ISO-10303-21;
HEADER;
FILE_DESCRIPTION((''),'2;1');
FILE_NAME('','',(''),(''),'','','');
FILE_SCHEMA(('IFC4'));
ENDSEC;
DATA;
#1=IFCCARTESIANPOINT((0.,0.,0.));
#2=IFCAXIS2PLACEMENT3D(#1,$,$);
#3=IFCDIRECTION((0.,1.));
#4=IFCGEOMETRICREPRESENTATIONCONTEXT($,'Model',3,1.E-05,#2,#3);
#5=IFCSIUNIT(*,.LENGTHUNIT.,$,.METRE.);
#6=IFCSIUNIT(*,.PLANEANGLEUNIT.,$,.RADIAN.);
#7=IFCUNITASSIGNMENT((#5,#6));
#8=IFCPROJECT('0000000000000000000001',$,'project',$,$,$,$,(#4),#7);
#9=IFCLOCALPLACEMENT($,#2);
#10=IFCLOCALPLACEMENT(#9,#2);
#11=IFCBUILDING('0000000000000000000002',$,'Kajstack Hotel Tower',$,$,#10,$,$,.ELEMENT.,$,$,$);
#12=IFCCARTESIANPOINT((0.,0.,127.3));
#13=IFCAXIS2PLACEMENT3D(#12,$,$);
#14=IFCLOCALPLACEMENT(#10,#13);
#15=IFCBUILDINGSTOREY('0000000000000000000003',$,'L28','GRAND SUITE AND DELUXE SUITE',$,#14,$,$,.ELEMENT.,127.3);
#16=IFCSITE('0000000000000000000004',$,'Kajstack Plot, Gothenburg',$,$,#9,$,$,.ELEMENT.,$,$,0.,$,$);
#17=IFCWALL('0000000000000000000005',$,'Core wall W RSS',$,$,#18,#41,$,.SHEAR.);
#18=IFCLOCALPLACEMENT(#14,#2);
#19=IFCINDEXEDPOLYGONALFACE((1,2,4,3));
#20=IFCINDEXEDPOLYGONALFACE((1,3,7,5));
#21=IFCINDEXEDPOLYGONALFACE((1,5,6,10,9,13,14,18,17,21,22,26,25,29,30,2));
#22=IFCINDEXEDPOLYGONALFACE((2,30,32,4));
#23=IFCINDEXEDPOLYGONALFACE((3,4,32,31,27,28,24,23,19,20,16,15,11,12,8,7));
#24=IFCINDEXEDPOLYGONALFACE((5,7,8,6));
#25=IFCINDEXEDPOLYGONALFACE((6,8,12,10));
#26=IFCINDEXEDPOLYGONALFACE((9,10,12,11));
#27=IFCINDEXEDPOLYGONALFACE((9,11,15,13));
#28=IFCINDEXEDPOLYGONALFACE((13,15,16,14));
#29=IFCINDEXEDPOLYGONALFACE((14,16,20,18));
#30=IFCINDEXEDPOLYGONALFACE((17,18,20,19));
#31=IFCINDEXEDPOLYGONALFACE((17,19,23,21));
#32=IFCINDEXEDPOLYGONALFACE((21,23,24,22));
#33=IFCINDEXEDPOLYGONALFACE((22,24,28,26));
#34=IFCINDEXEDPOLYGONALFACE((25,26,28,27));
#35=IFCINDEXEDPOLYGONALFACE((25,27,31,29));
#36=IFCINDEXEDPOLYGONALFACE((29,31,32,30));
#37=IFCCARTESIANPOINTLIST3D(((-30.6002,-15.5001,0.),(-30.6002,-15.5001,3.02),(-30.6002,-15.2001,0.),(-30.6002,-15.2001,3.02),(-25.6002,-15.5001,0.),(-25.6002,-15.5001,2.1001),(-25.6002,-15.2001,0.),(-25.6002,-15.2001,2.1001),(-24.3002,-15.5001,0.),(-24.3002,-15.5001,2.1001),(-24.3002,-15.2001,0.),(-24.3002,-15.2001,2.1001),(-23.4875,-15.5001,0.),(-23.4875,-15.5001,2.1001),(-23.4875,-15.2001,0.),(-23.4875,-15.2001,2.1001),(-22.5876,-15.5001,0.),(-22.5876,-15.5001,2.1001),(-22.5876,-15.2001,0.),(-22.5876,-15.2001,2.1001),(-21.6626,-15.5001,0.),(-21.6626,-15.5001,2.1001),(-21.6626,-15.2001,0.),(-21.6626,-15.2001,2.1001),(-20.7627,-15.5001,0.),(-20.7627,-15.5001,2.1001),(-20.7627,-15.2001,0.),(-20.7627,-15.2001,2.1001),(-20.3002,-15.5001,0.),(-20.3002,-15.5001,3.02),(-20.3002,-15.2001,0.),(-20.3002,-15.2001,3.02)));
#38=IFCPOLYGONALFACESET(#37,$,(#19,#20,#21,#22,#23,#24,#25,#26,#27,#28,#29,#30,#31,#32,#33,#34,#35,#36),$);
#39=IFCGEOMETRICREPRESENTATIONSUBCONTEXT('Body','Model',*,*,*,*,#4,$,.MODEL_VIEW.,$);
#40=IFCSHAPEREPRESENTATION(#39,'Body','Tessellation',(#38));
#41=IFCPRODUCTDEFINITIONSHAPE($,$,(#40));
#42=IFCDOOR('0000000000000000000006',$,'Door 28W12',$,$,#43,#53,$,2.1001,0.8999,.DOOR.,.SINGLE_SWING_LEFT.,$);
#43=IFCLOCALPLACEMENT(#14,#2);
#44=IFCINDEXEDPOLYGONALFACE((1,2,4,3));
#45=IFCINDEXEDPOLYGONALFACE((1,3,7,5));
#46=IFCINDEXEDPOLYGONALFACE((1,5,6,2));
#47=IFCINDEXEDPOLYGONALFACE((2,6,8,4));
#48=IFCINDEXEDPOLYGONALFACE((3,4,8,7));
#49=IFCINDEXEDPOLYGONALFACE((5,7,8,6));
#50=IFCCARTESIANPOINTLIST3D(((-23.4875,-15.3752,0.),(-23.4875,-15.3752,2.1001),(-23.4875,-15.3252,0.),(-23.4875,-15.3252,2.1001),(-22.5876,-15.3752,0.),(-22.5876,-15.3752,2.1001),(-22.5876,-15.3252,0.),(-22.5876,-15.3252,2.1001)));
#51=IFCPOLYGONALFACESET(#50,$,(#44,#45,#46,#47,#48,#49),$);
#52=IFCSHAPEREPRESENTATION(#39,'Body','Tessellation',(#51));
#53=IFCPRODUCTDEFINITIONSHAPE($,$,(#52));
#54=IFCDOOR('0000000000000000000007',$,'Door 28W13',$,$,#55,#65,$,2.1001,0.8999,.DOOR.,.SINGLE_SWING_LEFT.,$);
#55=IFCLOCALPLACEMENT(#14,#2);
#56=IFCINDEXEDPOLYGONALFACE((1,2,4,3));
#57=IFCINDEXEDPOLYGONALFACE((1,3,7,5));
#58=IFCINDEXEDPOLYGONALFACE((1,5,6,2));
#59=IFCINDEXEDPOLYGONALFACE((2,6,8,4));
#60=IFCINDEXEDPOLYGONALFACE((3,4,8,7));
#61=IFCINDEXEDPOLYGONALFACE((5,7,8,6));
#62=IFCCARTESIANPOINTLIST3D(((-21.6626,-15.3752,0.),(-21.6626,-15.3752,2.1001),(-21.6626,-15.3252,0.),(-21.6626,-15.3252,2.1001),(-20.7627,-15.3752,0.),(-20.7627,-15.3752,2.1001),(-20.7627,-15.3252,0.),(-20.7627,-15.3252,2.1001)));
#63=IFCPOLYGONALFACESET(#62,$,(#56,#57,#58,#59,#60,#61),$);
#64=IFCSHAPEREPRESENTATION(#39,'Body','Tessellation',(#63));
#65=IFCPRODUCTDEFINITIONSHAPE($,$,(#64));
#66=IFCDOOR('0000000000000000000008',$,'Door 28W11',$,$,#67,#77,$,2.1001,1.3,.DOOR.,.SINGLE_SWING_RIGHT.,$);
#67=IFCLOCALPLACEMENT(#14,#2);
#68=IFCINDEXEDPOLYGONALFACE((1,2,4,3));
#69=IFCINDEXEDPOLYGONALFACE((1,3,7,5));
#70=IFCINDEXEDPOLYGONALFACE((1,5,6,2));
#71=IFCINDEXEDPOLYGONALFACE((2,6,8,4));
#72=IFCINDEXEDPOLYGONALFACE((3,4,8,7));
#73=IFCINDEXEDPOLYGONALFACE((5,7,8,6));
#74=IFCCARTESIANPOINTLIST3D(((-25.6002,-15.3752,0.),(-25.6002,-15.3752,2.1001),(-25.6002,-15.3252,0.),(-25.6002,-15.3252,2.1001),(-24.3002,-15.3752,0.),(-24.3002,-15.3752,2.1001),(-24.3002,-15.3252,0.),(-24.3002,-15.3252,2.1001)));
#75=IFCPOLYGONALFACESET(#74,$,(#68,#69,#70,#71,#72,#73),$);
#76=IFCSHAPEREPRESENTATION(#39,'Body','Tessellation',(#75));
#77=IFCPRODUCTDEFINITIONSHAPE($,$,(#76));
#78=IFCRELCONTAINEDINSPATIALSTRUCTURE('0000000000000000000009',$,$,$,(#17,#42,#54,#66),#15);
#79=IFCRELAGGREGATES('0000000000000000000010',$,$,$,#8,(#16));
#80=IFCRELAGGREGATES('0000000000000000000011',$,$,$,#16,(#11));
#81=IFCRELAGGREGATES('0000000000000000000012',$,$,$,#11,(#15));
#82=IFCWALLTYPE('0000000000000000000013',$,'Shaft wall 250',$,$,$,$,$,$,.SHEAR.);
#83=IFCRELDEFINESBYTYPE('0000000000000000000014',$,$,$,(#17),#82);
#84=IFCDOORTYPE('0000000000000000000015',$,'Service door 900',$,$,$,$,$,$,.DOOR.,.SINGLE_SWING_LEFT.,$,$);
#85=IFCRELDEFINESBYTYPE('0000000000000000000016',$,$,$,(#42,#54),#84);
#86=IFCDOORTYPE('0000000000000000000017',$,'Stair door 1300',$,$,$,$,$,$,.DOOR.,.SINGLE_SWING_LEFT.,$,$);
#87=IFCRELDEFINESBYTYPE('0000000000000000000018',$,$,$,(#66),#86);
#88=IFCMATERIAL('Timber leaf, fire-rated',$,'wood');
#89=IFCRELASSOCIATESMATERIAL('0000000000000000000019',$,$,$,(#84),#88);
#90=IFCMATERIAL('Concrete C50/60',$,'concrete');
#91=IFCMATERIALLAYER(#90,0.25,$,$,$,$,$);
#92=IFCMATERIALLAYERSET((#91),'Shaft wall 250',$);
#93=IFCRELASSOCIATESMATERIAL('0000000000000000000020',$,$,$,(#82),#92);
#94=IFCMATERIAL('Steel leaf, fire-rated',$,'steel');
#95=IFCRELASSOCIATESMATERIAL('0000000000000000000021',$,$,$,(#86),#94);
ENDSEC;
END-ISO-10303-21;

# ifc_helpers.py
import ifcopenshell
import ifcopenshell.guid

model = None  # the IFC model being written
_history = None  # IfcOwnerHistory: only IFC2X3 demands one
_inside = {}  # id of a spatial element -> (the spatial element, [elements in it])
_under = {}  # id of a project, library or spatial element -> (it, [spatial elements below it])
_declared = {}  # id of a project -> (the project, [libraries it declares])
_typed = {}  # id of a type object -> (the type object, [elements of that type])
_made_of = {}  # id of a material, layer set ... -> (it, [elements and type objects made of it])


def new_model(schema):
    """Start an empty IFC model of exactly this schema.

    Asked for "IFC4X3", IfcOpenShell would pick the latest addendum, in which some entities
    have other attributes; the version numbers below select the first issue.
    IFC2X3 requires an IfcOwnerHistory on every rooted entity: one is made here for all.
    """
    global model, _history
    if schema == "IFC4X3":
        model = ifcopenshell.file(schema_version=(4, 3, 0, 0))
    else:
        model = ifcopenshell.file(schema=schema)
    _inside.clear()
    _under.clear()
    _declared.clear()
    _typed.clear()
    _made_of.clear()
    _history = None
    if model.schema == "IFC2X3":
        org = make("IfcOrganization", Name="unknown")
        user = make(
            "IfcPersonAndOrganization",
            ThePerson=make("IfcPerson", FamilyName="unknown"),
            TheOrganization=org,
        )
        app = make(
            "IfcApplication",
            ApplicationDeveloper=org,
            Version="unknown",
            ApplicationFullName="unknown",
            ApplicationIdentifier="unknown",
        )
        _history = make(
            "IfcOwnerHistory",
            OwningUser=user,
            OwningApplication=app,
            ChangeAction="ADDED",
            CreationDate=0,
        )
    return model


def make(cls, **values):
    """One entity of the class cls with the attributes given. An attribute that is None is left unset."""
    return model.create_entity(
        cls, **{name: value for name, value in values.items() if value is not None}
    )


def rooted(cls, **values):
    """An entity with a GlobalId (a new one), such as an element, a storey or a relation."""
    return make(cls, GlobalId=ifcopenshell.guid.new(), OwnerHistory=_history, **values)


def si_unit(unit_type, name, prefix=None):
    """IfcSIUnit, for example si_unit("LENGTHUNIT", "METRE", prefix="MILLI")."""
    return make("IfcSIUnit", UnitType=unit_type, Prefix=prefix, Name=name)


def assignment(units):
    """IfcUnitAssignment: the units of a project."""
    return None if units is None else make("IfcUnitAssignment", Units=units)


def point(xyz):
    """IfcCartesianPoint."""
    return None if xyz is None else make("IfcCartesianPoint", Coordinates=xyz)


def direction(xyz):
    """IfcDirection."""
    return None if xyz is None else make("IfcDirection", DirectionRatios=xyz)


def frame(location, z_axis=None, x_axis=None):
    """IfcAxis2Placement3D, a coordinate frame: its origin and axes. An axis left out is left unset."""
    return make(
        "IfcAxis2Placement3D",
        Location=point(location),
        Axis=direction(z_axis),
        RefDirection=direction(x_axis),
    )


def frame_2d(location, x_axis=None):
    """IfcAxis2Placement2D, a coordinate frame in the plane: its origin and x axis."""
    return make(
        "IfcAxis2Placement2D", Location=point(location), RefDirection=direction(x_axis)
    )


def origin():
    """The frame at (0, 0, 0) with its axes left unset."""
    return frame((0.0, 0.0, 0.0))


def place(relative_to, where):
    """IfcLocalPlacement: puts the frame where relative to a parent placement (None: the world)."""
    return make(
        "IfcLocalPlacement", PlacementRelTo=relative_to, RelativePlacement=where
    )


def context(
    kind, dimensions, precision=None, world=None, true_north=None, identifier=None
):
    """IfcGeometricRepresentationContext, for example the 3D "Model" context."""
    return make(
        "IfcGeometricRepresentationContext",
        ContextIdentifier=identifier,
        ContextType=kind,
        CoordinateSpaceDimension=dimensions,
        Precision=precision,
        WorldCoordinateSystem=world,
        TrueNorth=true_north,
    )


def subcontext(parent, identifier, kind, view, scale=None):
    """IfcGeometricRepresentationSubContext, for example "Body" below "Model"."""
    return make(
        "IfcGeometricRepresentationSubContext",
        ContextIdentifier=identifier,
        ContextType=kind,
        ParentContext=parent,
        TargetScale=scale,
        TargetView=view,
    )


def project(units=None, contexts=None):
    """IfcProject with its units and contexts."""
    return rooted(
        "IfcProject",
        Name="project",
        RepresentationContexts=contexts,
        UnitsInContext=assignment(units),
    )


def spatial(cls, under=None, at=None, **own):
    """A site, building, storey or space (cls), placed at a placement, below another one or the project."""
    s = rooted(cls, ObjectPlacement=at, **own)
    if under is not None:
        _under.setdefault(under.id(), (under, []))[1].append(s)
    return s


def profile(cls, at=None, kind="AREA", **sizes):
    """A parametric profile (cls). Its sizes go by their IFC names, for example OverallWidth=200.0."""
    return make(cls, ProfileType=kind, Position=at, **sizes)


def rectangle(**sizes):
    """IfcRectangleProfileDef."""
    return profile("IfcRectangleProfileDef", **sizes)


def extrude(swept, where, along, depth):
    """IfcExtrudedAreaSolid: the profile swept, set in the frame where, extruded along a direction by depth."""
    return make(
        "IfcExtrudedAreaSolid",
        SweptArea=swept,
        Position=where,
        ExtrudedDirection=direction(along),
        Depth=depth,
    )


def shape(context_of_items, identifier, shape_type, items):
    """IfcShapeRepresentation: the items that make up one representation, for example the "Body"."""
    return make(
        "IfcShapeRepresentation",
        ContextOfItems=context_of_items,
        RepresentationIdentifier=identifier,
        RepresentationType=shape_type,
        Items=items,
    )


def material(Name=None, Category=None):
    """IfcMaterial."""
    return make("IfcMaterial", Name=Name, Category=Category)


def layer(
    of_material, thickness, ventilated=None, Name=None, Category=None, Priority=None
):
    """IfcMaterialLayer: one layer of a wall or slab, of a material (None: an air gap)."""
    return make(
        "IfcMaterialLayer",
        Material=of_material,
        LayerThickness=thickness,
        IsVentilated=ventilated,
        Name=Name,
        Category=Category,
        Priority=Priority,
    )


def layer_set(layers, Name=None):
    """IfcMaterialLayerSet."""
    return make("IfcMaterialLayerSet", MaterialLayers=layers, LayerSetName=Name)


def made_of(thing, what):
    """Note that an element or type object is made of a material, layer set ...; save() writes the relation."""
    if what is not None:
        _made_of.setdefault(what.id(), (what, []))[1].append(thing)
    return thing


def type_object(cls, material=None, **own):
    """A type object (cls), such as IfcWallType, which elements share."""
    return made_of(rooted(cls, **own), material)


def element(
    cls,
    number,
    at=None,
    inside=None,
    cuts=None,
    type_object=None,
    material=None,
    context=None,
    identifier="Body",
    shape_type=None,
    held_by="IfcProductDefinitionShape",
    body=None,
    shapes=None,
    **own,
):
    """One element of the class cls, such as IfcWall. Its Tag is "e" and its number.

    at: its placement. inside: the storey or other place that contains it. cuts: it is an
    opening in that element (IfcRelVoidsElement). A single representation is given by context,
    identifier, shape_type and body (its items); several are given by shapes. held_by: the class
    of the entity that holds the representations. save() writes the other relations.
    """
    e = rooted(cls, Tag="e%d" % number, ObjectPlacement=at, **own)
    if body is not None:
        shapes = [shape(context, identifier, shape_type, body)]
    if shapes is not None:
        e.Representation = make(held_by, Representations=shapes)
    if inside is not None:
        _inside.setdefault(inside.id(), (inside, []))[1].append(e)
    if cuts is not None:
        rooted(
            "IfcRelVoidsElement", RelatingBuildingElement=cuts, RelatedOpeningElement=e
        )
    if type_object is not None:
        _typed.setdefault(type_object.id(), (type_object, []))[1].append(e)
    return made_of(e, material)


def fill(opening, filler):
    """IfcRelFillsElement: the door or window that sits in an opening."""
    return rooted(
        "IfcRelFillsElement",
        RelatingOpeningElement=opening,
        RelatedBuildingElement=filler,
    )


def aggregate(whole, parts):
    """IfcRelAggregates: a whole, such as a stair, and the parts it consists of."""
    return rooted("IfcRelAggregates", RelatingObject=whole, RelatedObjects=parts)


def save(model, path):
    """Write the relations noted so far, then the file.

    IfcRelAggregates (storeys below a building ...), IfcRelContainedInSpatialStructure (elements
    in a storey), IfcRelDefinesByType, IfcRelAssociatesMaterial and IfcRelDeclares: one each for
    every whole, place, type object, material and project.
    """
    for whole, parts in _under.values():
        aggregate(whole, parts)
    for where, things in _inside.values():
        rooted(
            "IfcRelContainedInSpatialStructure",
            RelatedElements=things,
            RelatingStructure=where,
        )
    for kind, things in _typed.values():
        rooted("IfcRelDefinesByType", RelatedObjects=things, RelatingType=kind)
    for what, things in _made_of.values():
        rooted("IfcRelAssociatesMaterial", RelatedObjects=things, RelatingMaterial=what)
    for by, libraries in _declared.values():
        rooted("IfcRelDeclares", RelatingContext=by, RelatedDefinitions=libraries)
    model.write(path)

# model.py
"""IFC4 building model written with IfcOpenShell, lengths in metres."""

from ifc_helpers import new_model, si_unit, direction, frame, frame_2d, origin, place, context, subcontext, project, spatial, rectangle, extrude, material, layer, layer_set, type_object, element, fill, save


model = new_model("IFC4")

# Units and contexts
model_context = context("Model", 3, precision=1e-05, world=origin(), true_north=direction((0.0, 1.0)))
body_context = subcontext(model_context, "Body", "Model", "MODEL_VIEW")
ifc_project = project(units=[si_unit("LENGTHUNIT", "METRE"), si_unit("PLANEANGLEUNIT", "RADIAN")], contexts=[model_context])

# Site, building, storey
site_placement = place(None, origin())
site = spatial("IfcSite", under=ifc_project, at=site_placement, Name="Kajstack Plot, Gothenburg", CompositionType="ELEMENT", RefElevation=0.0)
building_placement = place(site_placement, origin())
building = spatial("IfcBuilding", under=site, at=building_placement, Name="Kajstack Hotel Tower", CompositionType="ELEMENT")
storey_placement = place(building_placement, frame((0.0, 0.0, 127.3)))
storey = spatial("IfcBuildingStorey", under=building, at=storey_placement, Name="L28", Description="GRAND SUITE AND DELUXE SUITE", CompositionType="ELEMENT", Elevation=127.3)

# Shared definitions
ifc_material_1 = material(Name="Timber leaf, fire-rated", Category="wood")
door_type_1 = type_object("IfcDoorType", Name="Service door 900", OperationType="SINGLE_SWING_LEFT", PredefinedType="DOOR", material=ifc_material_1)

# Wall, openings, doors
ifc_material_2 = material(Name="Concrete C50/60", Category="concrete")
ifc_layer_1 = layer(ifc_material_2, 0.25)
ifc_layer_set_1 = layer_set([ifc_layer_1], Name="Shaft wall 250")
wall_type_1 = type_object("IfcWallType", Name="Shaft wall 250", PredefinedType="SHEAR", material=ifc_layer_set_1)
wall_1_placement = place(storey_placement, frame((-30.6001, -15.3501, 0.0), z_axis=(0.0, 0.0, 1.0), x_axis=(1.0, 0.0, 0.0)))
wall_1 = element("IfcWall", 1, at=wall_1_placement, inside=storey, type_object=wall_type_1, Name="Core wall W RSS", PredefinedType="SHEAR", context=body_context, shape_type="SweptSolid", body=[
    extrude(rectangle(XDim=10.3, YDim=0.3, at=frame_2d((5.1499, 0.0))), origin(), (0.0, 0.0, 1.0), 3.02),
])
opening_1_placement = place(wall_1_placement, frame((5.0, 0.0, 0.0)))
opening_1 = element("IfcOpeningElement", 2, at=opening_1_placement, cuts=wall_1, PredefinedType="OPENING", context=body_context, shape_type="SweptSolid", body=[
    extrude(rectangle(XDim=1.3, YDim=2.1001, at=frame_2d((0.6499, 1.05))), frame((0.0, 0.1599, 0.0), z_axis=(0.0, -1.0, 0.0), x_axis=(1.0, 0.0, 0.0)), (0.0, 0.0, 1.0), 0.3201),
])
opening_2_placement = place(wall_1_placement, frame((7.1125, 0.0, 0.0)))
opening_2 = element("IfcOpeningElement", 3, at=opening_2_placement, cuts=wall_1, PredefinedType="OPENING", context=body_context, shape_type="SweptSolid", body=[
    extrude(rectangle(XDim=0.8999, YDim=2.1001, at=frame_2d((0.45, 1.05))), frame((0.0, 0.1599, 0.0), z_axis=(0.0, -1.0, 0.0), x_axis=(1.0, 0.0, 0.0)), (0.0, 0.0, 1.0), 0.3201),
])
opening_3_placement = place(wall_1_placement, frame((8.9375, 0.0, 0.0)))
opening_3 = element("IfcOpeningElement", 4, at=opening_3_placement, cuts=wall_1, PredefinedType="OPENING", context=body_context, shape_type="SweptSolid", body=[
    extrude(rectangle(XDim=0.8999, YDim=2.1001, at=frame_2d((0.45, 1.05))), frame((0.0, 0.1599, 0.0), z_axis=(0.0, -1.0, 0.0), x_axis=(1.0, 0.0, 0.0)), (0.0, 0.0, 1.0), 0.3201),
])
door_1_placement = place(opening_2_placement, origin())
door_1 = element("IfcDoor", 5, at=door_1_placement, inside=storey, type_object=door_type_1, Name="Door 28W12", OperationType="SINGLE_SWING_LEFT", OverallHeight=2.1001, OverallWidth=0.8999, PredefinedType="DOOR", context=body_context, shape_type="SweptSolid", body=[
    extrude(rectangle(XDim=0.8999, YDim=2.1001, at=frame_2d((0.45, 1.05))), frame((0.0, 0.0249, 0.0), z_axis=(0.0, -1.0, 0.0), x_axis=(1.0, 0.0, 0.0)), (0.0, 0.0, 1.0), 0.05),
])
fill(opening_2, door_1)
door_2_placement = place(opening_3_placement, origin())
door_2 = element("IfcDoor", 6, at=door_2_placement, inside=storey, type_object=door_type_1, Name="Door 28W13", OperationType="SINGLE_SWING_LEFT", OverallHeight=2.1001, OverallWidth=0.8999, PredefinedType="DOOR", context=body_context, shape_type="SweptSolid", body=[
    extrude(rectangle(XDim=0.8999, YDim=2.1001, at=frame_2d((0.45, 1.05))), frame((0.0, 0.0249, 0.0), z_axis=(0.0, -1.0, 0.0), x_axis=(1.0, 0.0, 0.0)), (0.0, 0.0, 1.0), 0.05),
])
fill(opening_3, door_2)
ifc_material_3 = material(Name="Steel leaf, fire-rated", Category="steel")
door_type_2 = type_object("IfcDoorType", Name="Stair door 1300", OperationType="SINGLE_SWING_LEFT", PredefinedType="DOOR", material=ifc_material_3)
door_3_placement = place(opening_1_placement, origin())
door_3 = element("IfcDoor", 7, at=door_3_placement, inside=storey, type_object=door_type_2, Name="Door 28W11", OperationType="SINGLE_SWING_RIGHT", OverallHeight=2.1001, OverallWidth=1.3, PredefinedType="DOOR", context=body_context, shape_type="SweptSolid", body=[
    extrude(rectangle(XDim=1.3, YDim=2.1001, at=frame_2d((0.6499, 1.05))), frame((0.0, 0.0249, 0.0), z_axis=(0.0, -1.0, 0.0), x_axis=(1.0, 0.0, 0.0)), (0.0, 0.0, 1.0), 0.05),
])
fill(opening_1, door_3)

save(model, "model.ifc")
